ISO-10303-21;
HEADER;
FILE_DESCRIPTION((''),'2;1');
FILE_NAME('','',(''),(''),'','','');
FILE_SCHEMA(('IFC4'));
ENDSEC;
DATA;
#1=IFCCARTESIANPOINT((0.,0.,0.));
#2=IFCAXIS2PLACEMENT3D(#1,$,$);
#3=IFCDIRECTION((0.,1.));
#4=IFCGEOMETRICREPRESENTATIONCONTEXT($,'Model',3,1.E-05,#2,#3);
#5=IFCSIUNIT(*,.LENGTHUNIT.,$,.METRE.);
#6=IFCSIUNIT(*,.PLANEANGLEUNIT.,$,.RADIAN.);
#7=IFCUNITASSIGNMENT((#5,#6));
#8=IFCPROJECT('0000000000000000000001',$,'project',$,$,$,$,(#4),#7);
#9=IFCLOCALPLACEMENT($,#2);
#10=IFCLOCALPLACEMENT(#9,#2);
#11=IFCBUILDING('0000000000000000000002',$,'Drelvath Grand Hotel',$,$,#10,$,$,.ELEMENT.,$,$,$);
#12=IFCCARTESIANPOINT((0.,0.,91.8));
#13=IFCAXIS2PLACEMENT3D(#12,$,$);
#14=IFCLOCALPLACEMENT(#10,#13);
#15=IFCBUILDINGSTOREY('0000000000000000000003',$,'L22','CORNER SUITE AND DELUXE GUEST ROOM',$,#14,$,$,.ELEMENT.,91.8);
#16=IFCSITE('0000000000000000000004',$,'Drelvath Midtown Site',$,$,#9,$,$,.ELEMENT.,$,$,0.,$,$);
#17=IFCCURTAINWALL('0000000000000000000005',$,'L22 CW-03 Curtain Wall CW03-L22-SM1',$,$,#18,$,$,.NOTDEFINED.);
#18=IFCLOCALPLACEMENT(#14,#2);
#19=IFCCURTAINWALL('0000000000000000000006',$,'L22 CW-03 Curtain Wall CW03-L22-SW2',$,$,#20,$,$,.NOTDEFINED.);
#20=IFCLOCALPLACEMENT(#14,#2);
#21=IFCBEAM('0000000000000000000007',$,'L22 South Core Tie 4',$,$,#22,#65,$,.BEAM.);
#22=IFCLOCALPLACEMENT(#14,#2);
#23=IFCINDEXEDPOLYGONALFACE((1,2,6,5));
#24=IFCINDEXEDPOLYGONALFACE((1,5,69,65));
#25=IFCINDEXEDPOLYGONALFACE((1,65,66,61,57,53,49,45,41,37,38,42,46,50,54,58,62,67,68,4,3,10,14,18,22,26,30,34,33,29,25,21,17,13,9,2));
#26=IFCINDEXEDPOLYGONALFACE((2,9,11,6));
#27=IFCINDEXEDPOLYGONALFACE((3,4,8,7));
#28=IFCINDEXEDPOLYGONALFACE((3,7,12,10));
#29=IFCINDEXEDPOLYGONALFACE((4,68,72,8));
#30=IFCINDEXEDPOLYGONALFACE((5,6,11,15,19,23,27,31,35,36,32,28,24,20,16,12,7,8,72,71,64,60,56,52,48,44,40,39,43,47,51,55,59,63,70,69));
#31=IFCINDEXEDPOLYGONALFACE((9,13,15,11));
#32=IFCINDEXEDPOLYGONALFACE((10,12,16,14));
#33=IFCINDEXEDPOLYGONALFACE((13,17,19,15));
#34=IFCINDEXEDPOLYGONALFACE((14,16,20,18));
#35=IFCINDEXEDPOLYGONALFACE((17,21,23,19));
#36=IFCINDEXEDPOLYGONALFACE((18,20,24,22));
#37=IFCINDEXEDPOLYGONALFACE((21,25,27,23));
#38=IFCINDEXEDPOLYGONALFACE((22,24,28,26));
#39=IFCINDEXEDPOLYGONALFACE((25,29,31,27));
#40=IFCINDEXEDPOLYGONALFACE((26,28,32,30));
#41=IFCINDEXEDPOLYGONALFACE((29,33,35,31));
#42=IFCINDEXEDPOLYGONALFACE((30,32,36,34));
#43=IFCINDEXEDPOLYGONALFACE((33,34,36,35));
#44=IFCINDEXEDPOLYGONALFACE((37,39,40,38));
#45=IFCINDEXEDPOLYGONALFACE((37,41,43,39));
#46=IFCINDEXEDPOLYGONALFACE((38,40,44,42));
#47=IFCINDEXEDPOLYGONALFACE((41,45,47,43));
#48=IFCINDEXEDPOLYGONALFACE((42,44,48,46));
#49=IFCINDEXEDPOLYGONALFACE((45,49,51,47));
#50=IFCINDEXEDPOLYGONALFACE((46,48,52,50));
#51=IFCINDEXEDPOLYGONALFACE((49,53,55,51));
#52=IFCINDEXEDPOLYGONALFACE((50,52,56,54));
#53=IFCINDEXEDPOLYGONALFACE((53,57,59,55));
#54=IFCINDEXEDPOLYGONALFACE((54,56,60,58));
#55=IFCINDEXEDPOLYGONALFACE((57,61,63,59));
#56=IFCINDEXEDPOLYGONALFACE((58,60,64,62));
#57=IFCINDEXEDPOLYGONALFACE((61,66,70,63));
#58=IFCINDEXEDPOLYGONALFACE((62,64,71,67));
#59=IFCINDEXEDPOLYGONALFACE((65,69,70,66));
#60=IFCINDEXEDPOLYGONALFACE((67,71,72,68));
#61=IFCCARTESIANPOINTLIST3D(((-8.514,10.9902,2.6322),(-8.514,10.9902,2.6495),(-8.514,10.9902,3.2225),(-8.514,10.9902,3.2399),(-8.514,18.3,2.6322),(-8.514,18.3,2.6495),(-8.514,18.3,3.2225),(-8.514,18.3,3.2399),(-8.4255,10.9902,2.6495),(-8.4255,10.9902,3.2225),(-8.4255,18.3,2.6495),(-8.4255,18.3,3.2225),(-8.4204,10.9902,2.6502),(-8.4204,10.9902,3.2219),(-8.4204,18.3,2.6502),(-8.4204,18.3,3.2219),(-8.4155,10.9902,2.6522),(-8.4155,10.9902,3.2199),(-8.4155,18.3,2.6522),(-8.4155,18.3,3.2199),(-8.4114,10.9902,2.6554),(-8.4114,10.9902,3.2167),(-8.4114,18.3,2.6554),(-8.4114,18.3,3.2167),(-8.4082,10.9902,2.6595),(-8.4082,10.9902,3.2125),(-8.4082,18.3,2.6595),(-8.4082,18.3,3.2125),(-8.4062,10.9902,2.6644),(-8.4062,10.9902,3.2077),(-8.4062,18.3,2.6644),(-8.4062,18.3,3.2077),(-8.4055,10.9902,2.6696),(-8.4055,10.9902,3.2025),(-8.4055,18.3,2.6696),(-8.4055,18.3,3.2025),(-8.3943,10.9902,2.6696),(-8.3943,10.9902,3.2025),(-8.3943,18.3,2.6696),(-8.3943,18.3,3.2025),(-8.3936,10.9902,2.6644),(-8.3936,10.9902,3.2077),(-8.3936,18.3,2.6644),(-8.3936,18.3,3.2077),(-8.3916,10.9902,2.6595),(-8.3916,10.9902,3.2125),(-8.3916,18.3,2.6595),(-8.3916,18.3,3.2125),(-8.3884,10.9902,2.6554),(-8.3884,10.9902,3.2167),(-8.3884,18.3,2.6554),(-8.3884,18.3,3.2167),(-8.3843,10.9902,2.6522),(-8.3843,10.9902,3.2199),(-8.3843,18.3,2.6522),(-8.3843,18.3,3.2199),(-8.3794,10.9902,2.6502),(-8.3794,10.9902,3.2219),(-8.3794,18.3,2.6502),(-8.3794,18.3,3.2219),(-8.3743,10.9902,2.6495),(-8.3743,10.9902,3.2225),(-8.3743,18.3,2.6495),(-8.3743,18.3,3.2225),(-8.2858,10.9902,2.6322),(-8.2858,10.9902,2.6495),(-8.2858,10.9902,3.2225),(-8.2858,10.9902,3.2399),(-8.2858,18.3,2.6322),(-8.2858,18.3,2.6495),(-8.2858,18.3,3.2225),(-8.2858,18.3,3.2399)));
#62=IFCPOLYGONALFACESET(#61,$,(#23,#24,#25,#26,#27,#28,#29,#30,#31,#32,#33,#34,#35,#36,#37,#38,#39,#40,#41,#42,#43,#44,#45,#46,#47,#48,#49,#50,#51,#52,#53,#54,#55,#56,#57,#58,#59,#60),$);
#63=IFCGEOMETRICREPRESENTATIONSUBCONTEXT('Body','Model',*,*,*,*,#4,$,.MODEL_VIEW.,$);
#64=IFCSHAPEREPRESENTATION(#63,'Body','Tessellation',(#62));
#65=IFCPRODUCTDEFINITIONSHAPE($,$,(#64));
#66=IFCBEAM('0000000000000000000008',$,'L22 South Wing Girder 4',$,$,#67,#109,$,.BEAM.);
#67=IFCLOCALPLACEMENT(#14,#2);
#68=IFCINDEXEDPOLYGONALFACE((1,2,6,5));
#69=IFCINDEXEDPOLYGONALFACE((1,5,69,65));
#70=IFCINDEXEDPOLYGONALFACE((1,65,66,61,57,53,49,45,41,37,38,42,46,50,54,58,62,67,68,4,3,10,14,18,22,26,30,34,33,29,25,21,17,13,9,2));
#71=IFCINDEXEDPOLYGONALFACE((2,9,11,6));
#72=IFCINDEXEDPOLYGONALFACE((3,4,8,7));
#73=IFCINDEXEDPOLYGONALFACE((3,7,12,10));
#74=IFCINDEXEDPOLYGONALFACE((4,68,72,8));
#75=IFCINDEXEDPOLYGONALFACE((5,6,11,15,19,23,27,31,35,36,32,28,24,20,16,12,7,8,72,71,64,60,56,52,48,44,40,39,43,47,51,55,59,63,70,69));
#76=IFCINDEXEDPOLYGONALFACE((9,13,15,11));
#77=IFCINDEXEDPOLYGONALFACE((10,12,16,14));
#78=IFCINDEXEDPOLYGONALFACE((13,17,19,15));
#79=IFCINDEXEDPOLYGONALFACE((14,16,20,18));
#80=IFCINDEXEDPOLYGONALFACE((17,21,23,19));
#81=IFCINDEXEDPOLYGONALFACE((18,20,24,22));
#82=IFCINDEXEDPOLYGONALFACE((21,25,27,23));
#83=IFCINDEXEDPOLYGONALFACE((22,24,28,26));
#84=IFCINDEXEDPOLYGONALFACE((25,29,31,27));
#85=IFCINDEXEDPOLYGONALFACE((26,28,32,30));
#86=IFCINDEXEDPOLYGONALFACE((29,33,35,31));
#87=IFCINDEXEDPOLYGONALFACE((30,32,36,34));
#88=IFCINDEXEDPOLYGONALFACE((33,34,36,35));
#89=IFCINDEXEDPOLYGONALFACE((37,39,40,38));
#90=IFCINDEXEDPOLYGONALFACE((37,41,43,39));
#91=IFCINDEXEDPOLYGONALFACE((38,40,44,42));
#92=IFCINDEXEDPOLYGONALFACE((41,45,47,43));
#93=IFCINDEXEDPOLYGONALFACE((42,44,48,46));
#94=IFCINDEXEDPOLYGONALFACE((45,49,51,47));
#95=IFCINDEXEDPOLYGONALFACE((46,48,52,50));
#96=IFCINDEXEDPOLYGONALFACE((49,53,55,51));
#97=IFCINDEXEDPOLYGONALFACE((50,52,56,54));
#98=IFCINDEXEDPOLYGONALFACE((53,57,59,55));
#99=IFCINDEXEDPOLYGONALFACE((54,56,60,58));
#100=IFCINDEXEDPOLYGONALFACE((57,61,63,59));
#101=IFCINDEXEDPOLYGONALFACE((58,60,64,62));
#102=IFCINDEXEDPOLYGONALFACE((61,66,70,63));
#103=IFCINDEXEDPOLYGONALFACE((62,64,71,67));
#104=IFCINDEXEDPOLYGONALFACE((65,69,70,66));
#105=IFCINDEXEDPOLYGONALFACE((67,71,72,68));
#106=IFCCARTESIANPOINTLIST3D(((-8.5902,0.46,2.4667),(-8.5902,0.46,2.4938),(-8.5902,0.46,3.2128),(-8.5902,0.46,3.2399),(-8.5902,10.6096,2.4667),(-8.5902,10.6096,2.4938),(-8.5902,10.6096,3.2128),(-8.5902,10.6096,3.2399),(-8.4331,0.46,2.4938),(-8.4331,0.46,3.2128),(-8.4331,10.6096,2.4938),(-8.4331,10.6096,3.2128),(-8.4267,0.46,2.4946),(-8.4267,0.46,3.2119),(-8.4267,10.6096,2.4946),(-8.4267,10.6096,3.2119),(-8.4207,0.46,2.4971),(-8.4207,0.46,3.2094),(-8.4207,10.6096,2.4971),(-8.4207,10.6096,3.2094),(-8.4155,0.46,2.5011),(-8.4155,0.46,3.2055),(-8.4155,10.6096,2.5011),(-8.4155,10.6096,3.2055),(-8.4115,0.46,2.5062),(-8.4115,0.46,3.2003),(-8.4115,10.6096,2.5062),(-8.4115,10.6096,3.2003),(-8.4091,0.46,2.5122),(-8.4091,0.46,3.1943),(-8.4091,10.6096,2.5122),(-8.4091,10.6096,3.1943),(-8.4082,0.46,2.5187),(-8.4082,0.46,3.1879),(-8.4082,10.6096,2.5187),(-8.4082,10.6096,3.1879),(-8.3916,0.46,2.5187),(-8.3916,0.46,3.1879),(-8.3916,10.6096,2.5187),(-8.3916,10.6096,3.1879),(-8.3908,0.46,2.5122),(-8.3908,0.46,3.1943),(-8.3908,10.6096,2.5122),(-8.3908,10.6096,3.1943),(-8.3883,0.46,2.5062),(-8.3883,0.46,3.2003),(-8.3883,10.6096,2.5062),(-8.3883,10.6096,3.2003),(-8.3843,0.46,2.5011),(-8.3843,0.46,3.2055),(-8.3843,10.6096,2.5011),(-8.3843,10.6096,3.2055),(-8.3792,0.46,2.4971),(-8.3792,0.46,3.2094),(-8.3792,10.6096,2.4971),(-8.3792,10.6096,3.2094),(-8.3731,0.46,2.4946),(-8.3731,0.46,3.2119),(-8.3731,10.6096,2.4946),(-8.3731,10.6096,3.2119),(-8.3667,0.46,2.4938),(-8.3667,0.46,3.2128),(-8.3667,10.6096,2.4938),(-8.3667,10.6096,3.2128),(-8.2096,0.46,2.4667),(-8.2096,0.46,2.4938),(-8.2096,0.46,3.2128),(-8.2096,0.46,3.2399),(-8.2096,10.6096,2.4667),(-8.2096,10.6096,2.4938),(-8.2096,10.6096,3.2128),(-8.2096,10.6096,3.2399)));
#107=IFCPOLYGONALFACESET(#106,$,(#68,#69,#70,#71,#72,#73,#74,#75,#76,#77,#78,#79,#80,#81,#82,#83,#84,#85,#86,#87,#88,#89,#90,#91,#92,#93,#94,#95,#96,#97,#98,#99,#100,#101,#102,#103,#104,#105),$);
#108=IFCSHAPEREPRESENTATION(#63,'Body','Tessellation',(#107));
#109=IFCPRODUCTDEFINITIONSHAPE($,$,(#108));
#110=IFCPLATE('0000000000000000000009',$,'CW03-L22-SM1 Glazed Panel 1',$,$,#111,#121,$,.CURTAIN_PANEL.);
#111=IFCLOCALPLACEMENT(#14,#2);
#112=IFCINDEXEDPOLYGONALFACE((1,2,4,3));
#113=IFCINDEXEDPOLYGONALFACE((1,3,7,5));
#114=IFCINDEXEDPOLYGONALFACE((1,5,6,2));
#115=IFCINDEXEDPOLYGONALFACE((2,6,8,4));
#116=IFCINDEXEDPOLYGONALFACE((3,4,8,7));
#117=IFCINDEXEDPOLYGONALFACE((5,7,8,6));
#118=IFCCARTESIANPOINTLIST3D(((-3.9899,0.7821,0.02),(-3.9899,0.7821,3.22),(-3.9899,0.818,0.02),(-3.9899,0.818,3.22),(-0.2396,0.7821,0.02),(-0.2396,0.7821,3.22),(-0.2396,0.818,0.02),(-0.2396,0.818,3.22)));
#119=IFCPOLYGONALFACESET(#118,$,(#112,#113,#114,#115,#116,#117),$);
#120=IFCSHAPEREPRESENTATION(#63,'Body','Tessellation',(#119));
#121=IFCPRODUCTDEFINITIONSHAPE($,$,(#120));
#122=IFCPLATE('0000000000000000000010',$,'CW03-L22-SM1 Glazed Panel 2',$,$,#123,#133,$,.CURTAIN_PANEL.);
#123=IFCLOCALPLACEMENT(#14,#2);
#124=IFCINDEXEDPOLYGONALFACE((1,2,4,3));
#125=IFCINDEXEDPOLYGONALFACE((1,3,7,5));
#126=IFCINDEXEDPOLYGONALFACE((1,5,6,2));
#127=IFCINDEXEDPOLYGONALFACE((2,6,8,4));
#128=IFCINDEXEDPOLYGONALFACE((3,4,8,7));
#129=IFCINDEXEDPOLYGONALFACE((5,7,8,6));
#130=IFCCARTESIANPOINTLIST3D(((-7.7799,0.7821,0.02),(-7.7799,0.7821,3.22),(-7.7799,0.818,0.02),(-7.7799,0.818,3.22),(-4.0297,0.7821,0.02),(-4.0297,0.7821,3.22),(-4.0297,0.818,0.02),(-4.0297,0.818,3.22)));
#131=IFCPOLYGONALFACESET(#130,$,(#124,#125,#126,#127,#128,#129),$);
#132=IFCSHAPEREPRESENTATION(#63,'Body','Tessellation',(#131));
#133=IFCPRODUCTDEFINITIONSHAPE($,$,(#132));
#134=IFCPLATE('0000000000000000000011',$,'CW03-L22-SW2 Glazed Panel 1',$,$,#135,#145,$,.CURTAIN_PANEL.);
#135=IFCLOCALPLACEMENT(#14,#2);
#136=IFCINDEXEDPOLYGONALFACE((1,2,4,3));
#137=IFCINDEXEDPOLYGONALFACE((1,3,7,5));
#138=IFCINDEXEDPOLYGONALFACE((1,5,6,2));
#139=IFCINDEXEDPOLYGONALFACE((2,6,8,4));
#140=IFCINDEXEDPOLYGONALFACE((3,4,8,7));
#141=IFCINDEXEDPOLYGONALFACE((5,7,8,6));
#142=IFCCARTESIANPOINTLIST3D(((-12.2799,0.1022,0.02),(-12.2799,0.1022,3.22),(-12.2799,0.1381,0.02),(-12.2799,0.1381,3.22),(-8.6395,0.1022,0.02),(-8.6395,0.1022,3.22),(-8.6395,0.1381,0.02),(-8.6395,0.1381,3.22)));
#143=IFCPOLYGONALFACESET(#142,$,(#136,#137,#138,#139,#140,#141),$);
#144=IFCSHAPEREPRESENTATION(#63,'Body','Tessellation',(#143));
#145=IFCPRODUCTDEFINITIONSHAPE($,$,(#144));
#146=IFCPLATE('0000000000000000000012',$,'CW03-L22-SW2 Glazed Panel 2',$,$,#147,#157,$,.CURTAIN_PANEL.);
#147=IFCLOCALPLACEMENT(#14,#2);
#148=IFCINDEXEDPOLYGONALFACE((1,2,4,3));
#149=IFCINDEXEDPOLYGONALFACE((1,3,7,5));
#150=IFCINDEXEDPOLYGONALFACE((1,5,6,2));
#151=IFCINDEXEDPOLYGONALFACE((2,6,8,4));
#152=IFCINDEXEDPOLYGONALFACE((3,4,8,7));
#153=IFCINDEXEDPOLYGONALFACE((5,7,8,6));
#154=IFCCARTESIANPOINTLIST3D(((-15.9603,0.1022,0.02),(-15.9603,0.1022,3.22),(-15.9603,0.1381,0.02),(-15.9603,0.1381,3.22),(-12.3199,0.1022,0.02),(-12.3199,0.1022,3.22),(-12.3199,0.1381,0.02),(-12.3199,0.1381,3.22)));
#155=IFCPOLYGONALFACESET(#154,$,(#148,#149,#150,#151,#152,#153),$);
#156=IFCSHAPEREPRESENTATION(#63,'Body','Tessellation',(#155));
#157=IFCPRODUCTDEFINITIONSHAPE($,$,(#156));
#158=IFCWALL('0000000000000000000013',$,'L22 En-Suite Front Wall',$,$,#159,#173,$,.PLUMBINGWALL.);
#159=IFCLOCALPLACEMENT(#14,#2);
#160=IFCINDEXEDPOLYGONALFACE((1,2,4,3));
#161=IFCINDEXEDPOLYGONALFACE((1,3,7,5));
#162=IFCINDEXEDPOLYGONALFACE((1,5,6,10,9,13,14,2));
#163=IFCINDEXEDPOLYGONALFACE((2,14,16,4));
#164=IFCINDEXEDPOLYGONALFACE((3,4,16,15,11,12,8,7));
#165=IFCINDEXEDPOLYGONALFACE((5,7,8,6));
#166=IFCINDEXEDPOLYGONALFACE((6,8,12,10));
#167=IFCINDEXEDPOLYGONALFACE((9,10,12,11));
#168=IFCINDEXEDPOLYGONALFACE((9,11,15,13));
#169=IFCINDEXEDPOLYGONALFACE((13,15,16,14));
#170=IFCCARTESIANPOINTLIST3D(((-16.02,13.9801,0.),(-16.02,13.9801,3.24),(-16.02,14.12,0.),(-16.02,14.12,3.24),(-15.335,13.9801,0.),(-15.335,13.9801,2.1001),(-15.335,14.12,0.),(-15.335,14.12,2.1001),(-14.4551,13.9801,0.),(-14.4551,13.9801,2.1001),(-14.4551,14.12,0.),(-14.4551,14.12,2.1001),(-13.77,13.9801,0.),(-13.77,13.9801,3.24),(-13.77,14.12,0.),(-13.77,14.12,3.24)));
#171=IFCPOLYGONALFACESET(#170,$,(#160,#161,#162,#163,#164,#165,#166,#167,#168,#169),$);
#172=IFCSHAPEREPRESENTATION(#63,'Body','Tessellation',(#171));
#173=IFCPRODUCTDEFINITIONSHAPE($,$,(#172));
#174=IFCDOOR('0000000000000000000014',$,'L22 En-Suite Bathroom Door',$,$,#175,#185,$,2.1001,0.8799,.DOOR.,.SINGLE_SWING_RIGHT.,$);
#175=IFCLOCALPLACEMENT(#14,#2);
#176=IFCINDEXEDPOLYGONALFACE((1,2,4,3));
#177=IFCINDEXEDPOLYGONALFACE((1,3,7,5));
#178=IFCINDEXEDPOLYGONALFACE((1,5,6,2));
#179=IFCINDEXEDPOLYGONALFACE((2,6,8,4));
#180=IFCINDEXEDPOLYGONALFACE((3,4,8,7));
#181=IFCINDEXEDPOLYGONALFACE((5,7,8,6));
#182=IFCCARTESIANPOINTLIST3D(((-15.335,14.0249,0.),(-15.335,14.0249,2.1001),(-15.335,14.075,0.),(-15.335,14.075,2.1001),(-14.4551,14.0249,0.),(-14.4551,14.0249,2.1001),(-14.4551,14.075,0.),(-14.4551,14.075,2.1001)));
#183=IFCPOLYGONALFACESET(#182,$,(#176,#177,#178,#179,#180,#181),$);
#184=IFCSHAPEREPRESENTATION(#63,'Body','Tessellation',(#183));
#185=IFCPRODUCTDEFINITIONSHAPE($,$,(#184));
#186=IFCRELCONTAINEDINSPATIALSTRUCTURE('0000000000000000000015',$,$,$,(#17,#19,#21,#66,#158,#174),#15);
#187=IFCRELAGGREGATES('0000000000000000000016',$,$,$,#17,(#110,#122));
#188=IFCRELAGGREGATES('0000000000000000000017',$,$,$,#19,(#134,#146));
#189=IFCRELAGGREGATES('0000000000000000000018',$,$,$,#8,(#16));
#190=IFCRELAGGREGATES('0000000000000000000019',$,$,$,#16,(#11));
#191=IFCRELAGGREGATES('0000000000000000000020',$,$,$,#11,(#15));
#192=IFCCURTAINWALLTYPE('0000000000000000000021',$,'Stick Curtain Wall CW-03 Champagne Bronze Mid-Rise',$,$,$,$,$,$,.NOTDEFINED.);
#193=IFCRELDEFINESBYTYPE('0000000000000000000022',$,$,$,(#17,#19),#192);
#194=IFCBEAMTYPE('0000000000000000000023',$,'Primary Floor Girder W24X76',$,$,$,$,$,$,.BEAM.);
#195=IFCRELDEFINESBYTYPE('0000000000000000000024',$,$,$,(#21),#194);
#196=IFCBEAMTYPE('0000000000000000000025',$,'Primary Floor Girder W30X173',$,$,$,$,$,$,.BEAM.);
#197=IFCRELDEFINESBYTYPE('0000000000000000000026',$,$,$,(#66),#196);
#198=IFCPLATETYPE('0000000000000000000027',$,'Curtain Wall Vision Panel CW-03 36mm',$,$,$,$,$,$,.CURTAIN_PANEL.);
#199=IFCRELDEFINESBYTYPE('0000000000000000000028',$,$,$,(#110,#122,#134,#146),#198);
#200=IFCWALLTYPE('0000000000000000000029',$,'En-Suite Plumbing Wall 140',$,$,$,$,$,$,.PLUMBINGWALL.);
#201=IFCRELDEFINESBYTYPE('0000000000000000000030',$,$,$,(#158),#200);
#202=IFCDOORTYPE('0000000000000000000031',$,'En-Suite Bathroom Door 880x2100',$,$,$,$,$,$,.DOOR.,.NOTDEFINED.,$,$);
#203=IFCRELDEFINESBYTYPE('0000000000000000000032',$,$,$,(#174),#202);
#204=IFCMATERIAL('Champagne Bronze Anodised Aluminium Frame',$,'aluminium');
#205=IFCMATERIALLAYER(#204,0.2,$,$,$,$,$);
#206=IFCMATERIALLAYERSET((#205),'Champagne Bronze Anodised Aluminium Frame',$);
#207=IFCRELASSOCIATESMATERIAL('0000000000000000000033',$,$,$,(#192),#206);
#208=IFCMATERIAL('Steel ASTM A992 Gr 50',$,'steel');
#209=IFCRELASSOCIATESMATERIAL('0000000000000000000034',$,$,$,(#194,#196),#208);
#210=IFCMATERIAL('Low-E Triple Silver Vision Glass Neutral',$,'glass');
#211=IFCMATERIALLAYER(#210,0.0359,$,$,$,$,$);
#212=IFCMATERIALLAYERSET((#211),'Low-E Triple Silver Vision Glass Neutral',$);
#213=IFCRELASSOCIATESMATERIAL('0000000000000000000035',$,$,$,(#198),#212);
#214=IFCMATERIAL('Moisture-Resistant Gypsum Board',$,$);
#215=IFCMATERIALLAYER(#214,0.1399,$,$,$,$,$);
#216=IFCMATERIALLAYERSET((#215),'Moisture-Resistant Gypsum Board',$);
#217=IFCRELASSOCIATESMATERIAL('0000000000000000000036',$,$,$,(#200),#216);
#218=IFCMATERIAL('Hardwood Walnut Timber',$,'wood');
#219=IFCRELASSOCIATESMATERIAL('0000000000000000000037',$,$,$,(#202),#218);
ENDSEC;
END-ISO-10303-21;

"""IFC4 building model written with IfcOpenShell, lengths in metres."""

from ifc_helpers import new_model, si_unit, direction, frame, frame_2d, origin, origin_2d, place, context, subcontext, project, spatial, rectangle, i_section, extrude, material, layer, layer_set, material_profile, profile_set, type_object, element, fill, aggregate, save


model = new_model("IFC4")

# Units and contexts
model_context = context("Model", 3, precision=1e-05, world=origin(), true_north=direction((0.0, 1.0)))
body_context = subcontext(model_context, "Body", "Model", "MODEL_VIEW")
ifc_project = project(units=[si_unit("LENGTHUNIT", "METRE"), si_unit("PLANEANGLEUNIT", "RADIAN")], contexts=[model_context])

# Site, building, storey
site_placement = place(None, origin())
site = spatial("IfcSite", under=ifc_project, at=site_placement, Name="Drelvath Midtown Site", CompositionType="ELEMENT", RefElevation=0.0)
building_placement = place(site_placement, origin())
building = spatial("IfcBuilding", under=site, at=building_placement, Name="Drelvath Grand Hotel", CompositionType="ELEMENT")
storey_placement = place(building_placement, frame((0.0, 0.0, 91.8)))
storey = spatial("IfcBuildingStorey", under=building, at=storey_placement, Name="L22", Description="CORNER SUITE AND DELUXE GUEST ROOM", CompositionType="ELEMENT", Elevation=91.8)

# Shared definitions
ifc_material_1 = material(Name="Steel ASTM A992 Gr 50", Category="steel")

# Curtain walls
ifc_material_2 = material(Name="Champagne Bronze Anodised Aluminium Frame", Category="aluminium")
ifc_layer_1 = layer(ifc_material_2, 0.2)
ifc_layer_set_1 = layer_set([ifc_layer_1], Name="Champagne Bronze Anodised Aluminium Frame")
curtain_wall_type = type_object("IfcCurtainWallType", Name="Stick Curtain Wall CW-03 Champagne Bronze Mid-Rise", PredefinedType="NOTDEFINED", material=ifc_layer_set_1)
curtain_wall_1_placement = place(storey_placement, origin())
curtain_wall_1 = element("IfcCurtainWall", 1, at=curtain_wall_1_placement, inside=storey, type_object=curtain_wall_type, Name="L22 CW-03 Curtain Wall CW03-L22-SM1", PredefinedType="NOTDEFINED")
curtain_wall_2_placement = place(storey_placement, origin())
curtain_wall_2 = element("IfcCurtainWall", 2, at=curtain_wall_2_placement, inside=storey, type_object=curtain_wall_type, Name="L22 CW-03 Curtain Wall CW03-L22-SW2", PredefinedType="NOTDEFINED")

# Beams
ifc_material_profile_1 = material_profile(ifc_material_1, i_section(OverallWidth=0.2283, OverallDepth=0.6077, WebThickness=0.0112, FlangeThickness=0.0173, FilletRadius=0.02, at=origin_2d()), Name="W24X76")
ifc_profile_set_1 = profile_set([ifc_material_profile_1], Name="Steel ASTM A992 Gr 50")
beam_type_1 = type_object("IfcBeamType", Name="Primary Floor Girder W24X76", PredefinedType="BEAM", material=ifc_profile_set_1)
beam_1_placement = place(storey_placement, frame((-8.3999, 10.9902, 2.936), z_axis=(0.0, 1.0, 0.0), x_axis=(-1.0, 0.0, 0.0)))
element("IfcBeam", 3, at=beam_1_placement, inside=storey, type_object=beam_type_1, Name="L22 South Core Tie 4", PredefinedType="BEAM", context=body_context, shape_type="SweptSolid", body=[
    extrude(i_section(OverallWidth=0.2283, OverallDepth=0.6077, WebThickness=0.0112, FlangeThickness=0.0173, FilletRadius=0.02, at=origin_2d()), origin(), (0.0, 0.0, 1.0), 7.3098),
])
ifc_material_profile_2 = material_profile(ifc_material_1, i_section(OverallWidth=0.3806, OverallDepth=0.7732, WebThickness=0.0166, FlangeThickness=0.0271, FilletRadius=0.0249, at=origin_2d()), Name="W30X173")
ifc_profile_set_2 = profile_set([ifc_material_profile_2], Name="Steel ASTM A992 Gr 50")
beam_type_2 = type_object("IfcBeamType", Name="Primary Floor Girder W30X173", PredefinedType="BEAM", material=ifc_profile_set_2)
beam_2_placement = place(storey_placement, frame((-8.3999, 0.46, 2.8533), z_axis=(0.0, 1.0, 0.0), x_axis=(-1.0, 0.0, 0.0)))
element("IfcBeam", 4, at=beam_2_placement, inside=storey, type_object=beam_type_2, Name="L22 South Wing Girder 4", PredefinedType="BEAM", context=body_context, shape_type="SweptSolid", body=[
    extrude(i_section(OverallWidth=0.3806, OverallDepth=0.7732, WebThickness=0.0166, FlangeThickness=0.0271, FilletRadius=0.0249, at=origin_2d()), origin(), (0.0, 0.0, 1.0), 10.1497),
])

# Plates
ifc_material_3 = material(Name="Low-E Triple Silver Vision Glass Neutral", Category="glass")
ifc_layer_2 = layer(ifc_material_3, 0.0359)
ifc_layer_set_2 = layer_set([ifc_layer_2], Name="Low-E Triple Silver Vision Glass Neutral")
plate_type = type_object("IfcPlateType", Name="Curtain Wall Vision Panel CW-03 36mm", PredefinedType="CURTAIN_PANEL", material=ifc_layer_set_2)
plate_1_placement = place(storey_placement, frame((-2.1147, 0.8, 0.02), z_axis=(0.0, 0.0, 1.0), x_axis=(-1.0, 0.0, 0.0)))
plate_1 = element("IfcPlate", 5, at=plate_1_placement, type_object=plate_type, Name="CW03-L22-SM1 Glazed Panel 1", PredefinedType="CURTAIN_PANEL", context=body_context, shape_type="SweptSolid", body=[
    extrude(rectangle(XDim=3.7502, YDim=0.0359, at=origin_2d()), origin(), (0.0, 0.0, 1.0), 3.2),
])
plate_2_placement = place(storey_placement, frame((-5.9048, 0.8, 0.02), z_axis=(0.0, 0.0, 1.0), x_axis=(-1.0, 0.0, 0.0)))
plate_2 = element("IfcPlate", 6, at=plate_2_placement, type_object=plate_type, Name="CW03-L22-SM1 Glazed Panel 2", PredefinedType="CURTAIN_PANEL", context=body_context, shape_type="SweptSolid", body=[
    extrude(rectangle(XDim=3.7502, YDim=0.0359, at=origin_2d()), origin(), (0.0, 0.0, 1.0), 3.2),
])
aggregate(curtain_wall_1, [plate_1, plate_2])
plate_3_placement = place(storey_placement, frame((-10.4597, 0.1201, 0.02), z_axis=(0.0, 0.0, 1.0), x_axis=(-1.0, 0.0, 0.0)))
plate_3 = element("IfcPlate", 7, at=plate_3_placement, type_object=plate_type, Name="CW03-L22-SW2 Glazed Panel 1", PredefinedType="CURTAIN_PANEL", context=body_context, shape_type="SweptSolid", body=[
    extrude(rectangle(XDim=3.6404, YDim=0.0359, at=origin_2d()), origin(), (0.0, 0.0, 1.0), 3.2),
])
plate_4_placement = place(storey_placement, frame((-14.1401, 0.1201, 0.02), z_axis=(0.0, 0.0, 1.0), x_axis=(-1.0, 0.0, 0.0)))
plate_4 = element("IfcPlate", 8, at=plate_4_placement, type_object=plate_type, Name="CW03-L22-SW2 Glazed Panel 2", PredefinedType="CURTAIN_PANEL", context=body_context, shape_type="SweptSolid", body=[
    extrude(rectangle(XDim=3.6404, YDim=0.0359, at=origin_2d()), origin(), (0.0, 0.0, 1.0), 3.2),
])
aggregate(curtain_wall_2, [plate_3, plate_4])

# Wall, opening, door
ifc_material_4 = material(Name="Moisture-Resistant Gypsum Board")
ifc_layer_3 = layer(ifc_material_4, 0.1399)
ifc_layer_set_3 = layer_set([ifc_layer_3], Name="Moisture-Resistant Gypsum Board")
wall_type_1 = type_object("IfcWallType", Name="En-Suite Plumbing Wall 140", PredefinedType="PLUMBINGWALL", material=ifc_layer_set_3)
wall_1_placement = place(storey_placement, frame((-16.02, 14.05, 0.0), z_axis=(0.0, 0.0, 1.0), x_axis=(1.0, 0.0, 0.0)))
wall_1 = element("IfcWall", 9, at=wall_1_placement, inside=storey, type_object=wall_type_1, Name="L22 En-Suite Front Wall", PredefinedType="PLUMBINGWALL", context=body_context, shape_type="SweptSolid", body=[
    extrude(rectangle(XDim=2.25, YDim=0.1399, at=frame_2d((1.125, 0.0))), origin(), (0.0, 0.0, 1.0), 3.24),
])
opening_1_placement = place(wall_1_placement, frame((0.6851, 0.0, 0.0)))
opening_1 = element("IfcOpeningElement", 10, at=opening_1_placement, cuts=wall_1, PredefinedType="OPENING", context=body_context, shape_type="SweptSolid", body=[
    extrude(rectangle(XDim=0.8799, YDim=2.1001, at=frame_2d((0.4399, 1.05))), frame((0.0, 0.0798, 0.0), z_axis=(0.0, -1.0, 0.0), x_axis=(1.0, 0.0, 0.0)), (0.0, 0.0, 1.0), 0.1599),
])
ifc_material_5 = material(Name="Hardwood Walnut Timber", Category="wood")
door_type = type_object("IfcDoorType", Name="En-Suite Bathroom Door 880x2100", OperationType="NOTDEFINED", PredefinedType="DOOR", material=ifc_material_5)
door_1_placement = place(opening_1_placement, origin())
door_1 = element("IfcDoor", 11, at=door_1_placement, inside=storey, type_object=door_type, Name="L22 En-Suite Bathroom Door", OperationType="SINGLE_SWING_RIGHT", OverallHeight=2.1001, OverallWidth=0.8799, PredefinedType="DOOR", context=body_context, shape_type="SweptSolid", body=[
    extrude(rectangle(XDim=0.8799, YDim=2.1001, at=frame_2d((0.4399, 1.05))), frame((0.0, 0.0249, 0.0), z_axis=(0.0, -1.0, 0.0), x_axis=(1.0, 0.0, 0.0)), (0.0, 0.0, 1.0), 0.05),
])
fill(opening_1, door_1)

save(model, "model.ifc")
